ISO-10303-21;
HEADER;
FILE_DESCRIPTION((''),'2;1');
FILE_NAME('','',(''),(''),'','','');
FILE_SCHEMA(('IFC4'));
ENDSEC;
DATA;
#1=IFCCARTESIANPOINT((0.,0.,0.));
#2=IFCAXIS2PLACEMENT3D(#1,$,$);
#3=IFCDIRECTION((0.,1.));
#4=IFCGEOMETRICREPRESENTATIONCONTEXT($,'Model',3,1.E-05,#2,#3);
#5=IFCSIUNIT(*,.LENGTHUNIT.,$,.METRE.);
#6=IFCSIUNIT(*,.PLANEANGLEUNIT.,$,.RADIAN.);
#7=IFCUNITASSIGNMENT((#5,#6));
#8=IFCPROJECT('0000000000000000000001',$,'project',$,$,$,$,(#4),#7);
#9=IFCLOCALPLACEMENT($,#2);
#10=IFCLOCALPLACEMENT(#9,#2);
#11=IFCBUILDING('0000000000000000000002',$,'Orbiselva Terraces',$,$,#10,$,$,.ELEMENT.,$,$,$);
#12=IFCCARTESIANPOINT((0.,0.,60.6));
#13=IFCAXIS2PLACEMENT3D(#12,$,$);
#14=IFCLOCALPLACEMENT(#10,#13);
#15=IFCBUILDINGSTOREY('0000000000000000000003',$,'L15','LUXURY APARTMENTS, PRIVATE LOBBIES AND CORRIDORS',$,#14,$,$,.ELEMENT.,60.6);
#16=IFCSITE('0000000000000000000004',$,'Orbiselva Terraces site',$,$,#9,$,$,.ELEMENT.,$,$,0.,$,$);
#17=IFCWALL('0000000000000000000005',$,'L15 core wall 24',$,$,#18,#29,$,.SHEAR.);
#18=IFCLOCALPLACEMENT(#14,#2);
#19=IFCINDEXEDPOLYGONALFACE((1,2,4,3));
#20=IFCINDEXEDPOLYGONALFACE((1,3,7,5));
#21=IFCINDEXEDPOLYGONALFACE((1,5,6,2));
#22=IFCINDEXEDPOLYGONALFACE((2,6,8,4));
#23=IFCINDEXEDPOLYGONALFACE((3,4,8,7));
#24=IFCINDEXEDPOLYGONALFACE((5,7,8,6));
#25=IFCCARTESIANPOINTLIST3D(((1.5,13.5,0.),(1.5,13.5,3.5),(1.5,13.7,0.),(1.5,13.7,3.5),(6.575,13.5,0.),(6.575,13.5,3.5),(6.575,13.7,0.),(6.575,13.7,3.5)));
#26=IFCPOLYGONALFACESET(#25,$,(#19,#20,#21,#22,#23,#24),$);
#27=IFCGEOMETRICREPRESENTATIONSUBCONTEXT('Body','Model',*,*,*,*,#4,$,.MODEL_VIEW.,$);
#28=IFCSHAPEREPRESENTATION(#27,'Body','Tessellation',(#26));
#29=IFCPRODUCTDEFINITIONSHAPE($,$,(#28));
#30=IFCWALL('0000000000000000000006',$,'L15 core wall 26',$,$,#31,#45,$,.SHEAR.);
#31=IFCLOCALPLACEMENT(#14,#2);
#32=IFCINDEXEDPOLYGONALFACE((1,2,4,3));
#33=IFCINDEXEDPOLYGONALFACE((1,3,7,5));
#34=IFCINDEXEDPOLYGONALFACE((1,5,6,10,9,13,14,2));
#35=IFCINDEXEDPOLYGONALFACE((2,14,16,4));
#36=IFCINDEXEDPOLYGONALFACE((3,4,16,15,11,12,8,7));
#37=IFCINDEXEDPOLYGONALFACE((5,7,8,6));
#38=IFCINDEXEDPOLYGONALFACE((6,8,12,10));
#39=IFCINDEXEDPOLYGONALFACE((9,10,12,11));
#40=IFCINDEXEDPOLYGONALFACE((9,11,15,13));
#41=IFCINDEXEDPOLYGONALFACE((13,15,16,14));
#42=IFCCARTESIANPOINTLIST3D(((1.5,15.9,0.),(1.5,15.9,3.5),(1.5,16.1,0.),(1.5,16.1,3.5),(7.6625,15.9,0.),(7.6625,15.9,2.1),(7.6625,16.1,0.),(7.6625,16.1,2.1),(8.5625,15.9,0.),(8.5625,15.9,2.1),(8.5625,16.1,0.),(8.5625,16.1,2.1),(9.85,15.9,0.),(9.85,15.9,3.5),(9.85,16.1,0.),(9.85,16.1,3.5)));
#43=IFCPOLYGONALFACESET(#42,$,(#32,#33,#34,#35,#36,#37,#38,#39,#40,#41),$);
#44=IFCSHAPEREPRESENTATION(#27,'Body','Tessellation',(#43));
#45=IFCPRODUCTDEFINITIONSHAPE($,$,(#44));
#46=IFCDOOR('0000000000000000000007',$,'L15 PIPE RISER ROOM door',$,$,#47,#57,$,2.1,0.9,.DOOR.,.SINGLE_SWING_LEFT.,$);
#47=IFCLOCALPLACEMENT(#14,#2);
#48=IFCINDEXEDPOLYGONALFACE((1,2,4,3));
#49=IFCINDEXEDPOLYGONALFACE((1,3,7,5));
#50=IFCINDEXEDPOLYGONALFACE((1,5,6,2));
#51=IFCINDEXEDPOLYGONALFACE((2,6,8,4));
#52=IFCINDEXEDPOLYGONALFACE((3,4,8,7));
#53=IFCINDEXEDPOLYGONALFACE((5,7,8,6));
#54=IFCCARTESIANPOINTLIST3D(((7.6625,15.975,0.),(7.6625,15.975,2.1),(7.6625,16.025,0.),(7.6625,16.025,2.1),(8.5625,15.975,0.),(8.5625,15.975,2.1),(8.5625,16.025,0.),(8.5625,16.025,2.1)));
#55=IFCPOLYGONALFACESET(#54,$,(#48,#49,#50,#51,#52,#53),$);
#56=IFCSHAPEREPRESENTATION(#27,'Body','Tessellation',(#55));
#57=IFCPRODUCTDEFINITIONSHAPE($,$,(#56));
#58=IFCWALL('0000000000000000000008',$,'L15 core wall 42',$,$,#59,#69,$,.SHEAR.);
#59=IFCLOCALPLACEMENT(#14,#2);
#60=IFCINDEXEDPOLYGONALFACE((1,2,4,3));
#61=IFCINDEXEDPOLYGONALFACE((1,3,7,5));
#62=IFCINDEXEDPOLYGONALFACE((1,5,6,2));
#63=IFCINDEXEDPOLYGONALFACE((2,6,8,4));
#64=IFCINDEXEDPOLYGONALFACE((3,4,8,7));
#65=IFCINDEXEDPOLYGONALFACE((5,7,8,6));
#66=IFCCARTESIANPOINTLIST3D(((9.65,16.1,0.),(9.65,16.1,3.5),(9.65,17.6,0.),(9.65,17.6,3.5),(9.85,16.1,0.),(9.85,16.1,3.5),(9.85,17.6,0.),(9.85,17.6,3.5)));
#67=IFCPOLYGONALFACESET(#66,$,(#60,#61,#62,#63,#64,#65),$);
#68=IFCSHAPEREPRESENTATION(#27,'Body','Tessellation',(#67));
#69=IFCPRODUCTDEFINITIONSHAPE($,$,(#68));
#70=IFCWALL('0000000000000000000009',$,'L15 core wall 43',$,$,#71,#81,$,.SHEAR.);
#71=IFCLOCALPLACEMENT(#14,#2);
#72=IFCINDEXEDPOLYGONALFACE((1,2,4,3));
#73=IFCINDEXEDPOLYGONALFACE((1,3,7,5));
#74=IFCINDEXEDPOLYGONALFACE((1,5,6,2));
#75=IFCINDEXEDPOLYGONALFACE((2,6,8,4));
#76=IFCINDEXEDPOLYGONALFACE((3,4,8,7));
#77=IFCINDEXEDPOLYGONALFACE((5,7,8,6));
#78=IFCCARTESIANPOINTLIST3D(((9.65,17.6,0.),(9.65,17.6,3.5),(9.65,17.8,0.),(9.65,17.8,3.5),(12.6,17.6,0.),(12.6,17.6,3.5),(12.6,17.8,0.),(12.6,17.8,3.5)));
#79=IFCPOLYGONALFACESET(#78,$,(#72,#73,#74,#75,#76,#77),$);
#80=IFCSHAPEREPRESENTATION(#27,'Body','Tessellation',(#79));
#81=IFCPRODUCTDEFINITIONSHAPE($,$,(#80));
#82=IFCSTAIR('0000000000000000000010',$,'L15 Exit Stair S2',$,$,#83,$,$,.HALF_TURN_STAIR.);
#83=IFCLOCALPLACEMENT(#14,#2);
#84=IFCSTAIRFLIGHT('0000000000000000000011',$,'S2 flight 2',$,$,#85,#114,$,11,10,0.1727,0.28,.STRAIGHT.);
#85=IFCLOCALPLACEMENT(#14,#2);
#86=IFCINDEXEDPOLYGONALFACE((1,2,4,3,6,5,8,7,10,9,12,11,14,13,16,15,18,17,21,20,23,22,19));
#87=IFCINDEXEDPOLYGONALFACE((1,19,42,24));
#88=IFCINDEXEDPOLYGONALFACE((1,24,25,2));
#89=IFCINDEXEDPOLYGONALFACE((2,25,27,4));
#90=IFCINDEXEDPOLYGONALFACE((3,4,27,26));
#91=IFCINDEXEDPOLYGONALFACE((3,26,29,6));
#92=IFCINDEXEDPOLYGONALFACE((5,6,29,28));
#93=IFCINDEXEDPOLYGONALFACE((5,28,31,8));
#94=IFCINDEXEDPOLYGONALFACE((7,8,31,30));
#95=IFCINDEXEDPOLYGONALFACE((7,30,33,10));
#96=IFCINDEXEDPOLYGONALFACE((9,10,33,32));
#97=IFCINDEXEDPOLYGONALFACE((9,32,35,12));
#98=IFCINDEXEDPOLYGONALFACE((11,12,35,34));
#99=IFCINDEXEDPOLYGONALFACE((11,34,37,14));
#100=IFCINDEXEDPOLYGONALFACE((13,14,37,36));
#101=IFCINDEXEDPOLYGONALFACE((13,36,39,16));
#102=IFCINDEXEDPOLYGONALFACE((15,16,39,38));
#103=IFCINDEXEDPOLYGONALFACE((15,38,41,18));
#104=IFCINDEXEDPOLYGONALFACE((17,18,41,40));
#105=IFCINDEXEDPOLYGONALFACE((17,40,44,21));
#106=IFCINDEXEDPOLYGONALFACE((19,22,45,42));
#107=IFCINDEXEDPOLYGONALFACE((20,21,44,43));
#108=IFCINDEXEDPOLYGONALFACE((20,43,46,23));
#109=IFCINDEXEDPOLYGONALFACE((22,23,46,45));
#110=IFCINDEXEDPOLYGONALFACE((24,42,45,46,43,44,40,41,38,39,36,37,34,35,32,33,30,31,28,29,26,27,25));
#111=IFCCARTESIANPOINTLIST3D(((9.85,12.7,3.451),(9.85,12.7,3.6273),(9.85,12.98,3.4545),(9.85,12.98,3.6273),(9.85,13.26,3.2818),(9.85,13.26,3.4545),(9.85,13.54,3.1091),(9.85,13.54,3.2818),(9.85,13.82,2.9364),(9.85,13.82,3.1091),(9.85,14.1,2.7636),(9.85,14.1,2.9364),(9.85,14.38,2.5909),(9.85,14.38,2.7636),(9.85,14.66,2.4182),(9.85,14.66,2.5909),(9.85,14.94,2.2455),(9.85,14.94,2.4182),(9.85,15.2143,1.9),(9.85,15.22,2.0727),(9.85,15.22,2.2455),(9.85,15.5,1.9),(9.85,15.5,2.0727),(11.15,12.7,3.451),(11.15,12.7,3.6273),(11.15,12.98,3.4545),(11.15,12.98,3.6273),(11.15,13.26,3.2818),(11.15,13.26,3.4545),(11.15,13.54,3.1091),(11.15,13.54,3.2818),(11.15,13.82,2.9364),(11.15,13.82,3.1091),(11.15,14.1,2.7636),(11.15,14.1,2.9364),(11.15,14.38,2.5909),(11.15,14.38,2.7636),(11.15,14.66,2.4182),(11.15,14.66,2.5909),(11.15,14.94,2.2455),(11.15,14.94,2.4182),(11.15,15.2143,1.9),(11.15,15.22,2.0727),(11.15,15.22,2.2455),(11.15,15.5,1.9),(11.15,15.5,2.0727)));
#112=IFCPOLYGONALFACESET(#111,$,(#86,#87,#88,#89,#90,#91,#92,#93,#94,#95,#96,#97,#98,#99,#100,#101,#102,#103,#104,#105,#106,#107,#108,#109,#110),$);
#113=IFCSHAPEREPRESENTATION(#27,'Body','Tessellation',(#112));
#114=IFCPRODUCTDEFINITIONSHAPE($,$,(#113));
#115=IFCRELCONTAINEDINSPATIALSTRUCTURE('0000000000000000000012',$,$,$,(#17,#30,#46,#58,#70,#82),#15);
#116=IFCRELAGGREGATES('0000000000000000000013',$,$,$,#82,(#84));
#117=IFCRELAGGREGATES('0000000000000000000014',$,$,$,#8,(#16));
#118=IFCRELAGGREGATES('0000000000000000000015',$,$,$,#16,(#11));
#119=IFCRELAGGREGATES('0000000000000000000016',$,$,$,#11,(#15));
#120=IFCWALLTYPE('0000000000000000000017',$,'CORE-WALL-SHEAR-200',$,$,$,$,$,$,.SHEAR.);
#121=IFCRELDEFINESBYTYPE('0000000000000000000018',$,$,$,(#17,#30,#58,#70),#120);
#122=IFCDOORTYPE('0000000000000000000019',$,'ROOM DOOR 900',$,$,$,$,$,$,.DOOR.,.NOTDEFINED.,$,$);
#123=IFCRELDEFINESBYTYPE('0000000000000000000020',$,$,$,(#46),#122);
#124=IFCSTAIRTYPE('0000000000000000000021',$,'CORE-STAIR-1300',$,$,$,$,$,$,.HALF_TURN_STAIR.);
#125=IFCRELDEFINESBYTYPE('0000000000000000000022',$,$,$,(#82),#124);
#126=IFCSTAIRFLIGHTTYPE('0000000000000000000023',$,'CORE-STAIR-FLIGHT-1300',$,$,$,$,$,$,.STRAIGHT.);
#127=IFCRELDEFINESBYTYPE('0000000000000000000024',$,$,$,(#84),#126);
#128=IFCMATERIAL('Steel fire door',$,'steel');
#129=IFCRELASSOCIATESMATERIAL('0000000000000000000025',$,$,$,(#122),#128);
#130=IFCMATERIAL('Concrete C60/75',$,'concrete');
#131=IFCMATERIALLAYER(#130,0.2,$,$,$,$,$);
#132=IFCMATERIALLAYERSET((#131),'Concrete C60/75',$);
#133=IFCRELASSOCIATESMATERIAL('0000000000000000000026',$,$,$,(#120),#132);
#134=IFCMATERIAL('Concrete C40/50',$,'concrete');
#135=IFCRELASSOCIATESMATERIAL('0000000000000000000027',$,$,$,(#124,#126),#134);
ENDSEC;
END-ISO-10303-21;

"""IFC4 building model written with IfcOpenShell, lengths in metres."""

from ifc_helpers import new_model, si_unit, direction, frame, frame_2d, origin, place, context, subcontext, project, spatial, polyline, rectangle, outline, extrude, material, layer, layer_set, type_object, element, fill, aggregate, save


model = new_model("IFC4")

# Units and contexts
model_context = context("Model", 3, precision=1e-05, world=origin(), true_north=direction((0.0, 1.0)))
body_context = subcontext(model_context, "Body", "Model", "MODEL_VIEW")
ifc_project = project(units=[si_unit("LENGTHUNIT", "METRE"), si_unit("PLANEANGLEUNIT", "RADIAN")], contexts=[model_context])

# Site, building, storey
site_placement = place(None, origin())
site = spatial("IfcSite", under=ifc_project, at=site_placement, Name="Orbiselva Terraces site", CompositionType="ELEMENT", RefElevation=0.0)
building_placement = place(site_placement, origin())
building = spatial("IfcBuilding", under=site, at=building_placement, Name="Orbiselva Terraces", CompositionType="ELEMENT")
storey_placement = place(building_placement, frame((0.0, 0.0, 60.6)))
storey = spatial("IfcBuildingStorey", under=building, at=storey_placement, Name="L15", Description="LUXURY APARTMENTS, PRIVATE LOBBIES AND CORRIDORS", CompositionType="ELEMENT", Elevation=60.6)

# Shared definitions
ifc_material_1 = material(Name="Steel fire door", Category="steel")
door_type = type_object("IfcDoorType", Name="ROOM DOOR 900", OperationType="NOTDEFINED", PredefinedType="DOOR", material=ifc_material_1)

# Shared definitions
ifc_material_2 = material(Name="Concrete C40/50", Category="concrete")

# Shared definitions
ifc_material_3 = material(Name="Concrete C60/75", Category="concrete")
ifc_layer_1 = layer(ifc_material_3, 0.2)
ifc_layer_set_1 = layer_set([ifc_layer_1], Name="Concrete C60/75")
wall_type_1 = type_object("IfcWallType", Name="CORE-WALL-SHEAR-200", PredefinedType="SHEAR", material=ifc_layer_set_1)

# Wall
wall_1_placement = place(storey_placement, frame((1.5, 13.6, 0.0), z_axis=(0.0, 0.0, 1.0), x_axis=(1.0, 0.0, 0.0)))
element("IfcWall", 1, at=wall_1_placement, inside=storey, type_object=wall_type_1, Name="L15 core wall 24", PredefinedType="SHEAR", context=body_context, shape_type="SweptSolid", body=[
    extrude(rectangle(XDim=5.075, YDim=0.2, at=frame_2d((2.5375, 0.0))), origin(), (0.0, 0.0, 1.0), 3.5),
])

# Wall, opening, door
wall_2_placement = place(storey_placement, frame((9.85, 16.0, 0.0), z_axis=(0.0, 0.0, 1.0), x_axis=(-1.0, 0.0, 0.0)))
wall_2 = element("IfcWall", 2, at=wall_2_placement, inside=storey, type_object=wall_type_1, Name="L15 core wall 26", PredefinedType="SHEAR", context=body_context, shape_type="SweptSolid", body=[
    extrude(rectangle(XDim=8.35, YDim=0.2, at=frame_2d((4.175, 0.0))), origin(), (0.0, 0.0, 1.0), 3.5),
])
opening_1_placement = place(wall_2_placement, frame((1.2875, 0.0, 0.0)))
opening_1 = element("IfcOpeningElement", 3, at=opening_1_placement, cuts=wall_2, PredefinedType="OPENING", context=body_context, shape_type="SweptSolid", body=[
    extrude(rectangle(XDim=0.9, YDim=2.1, at=frame_2d((0.45, 1.05))), frame((0.0, 0.11, 0.0), z_axis=(0.0, -1.0, 0.0), x_axis=(1.0, 0.0, 0.0)), (0.0, 0.0, 1.0), 0.22),
])
door_1_placement = place(opening_1_placement, origin())
door_1 = element("IfcDoor", 4, at=door_1_placement, inside=storey, type_object=door_type, Name="L15 PIPE RISER ROOM door", OperationType="SINGLE_SWING_LEFT", OverallHeight=2.1, OverallWidth=0.9, PredefinedType="DOOR", context=body_context, shape_type="SweptSolid", body=[
    extrude(rectangle(XDim=0.9, YDim=2.1, at=frame_2d((0.45, 1.05))), frame((0.0, 0.025, 0.0), z_axis=(0.0, -1.0, 0.0), x_axis=(1.0, 0.0, 0.0)), (0.0, 0.0, 1.0), 0.05),
])
fill(opening_1, door_1)

# Walls
wall_3_placement = place(storey_placement, frame((9.75, 16.1, 0.0), z_axis=(0.0, 0.0, 1.0), x_axis=(0.0, 1.0, 0.0)))
element("IfcWall", 5, at=wall_3_placement, inside=storey, type_object=wall_type_1, Name="L15 core wall 42", PredefinedType="SHEAR", context=body_context, shape_type="SweptSolid", body=[
    extrude(rectangle(XDim=1.5, YDim=0.2, at=frame_2d((0.75, 0.0))), origin(), (0.0, 0.0, 1.0), 3.5),
])
wall_4_placement = place(storey_placement, frame((9.65, 17.7, 0.0), z_axis=(0.0, 0.0, 1.0), x_axis=(1.0, 0.0, 0.0)))
element("IfcWall", 6, at=wall_4_placement, inside=storey, type_object=wall_type_1, Name="L15 core wall 43", PredefinedType="SHEAR", context=body_context, shape_type="SweptSolid", body=[
    extrude(rectangle(XDim=2.95, YDim=0.2, at=frame_2d((1.475, 0.0))), origin(), (0.0, 0.0, 1.0), 3.5),
])

# Stair, stair flight
stair_type = type_object("IfcStairType", Name="CORE-STAIR-1300", PredefinedType="HALF_TURN_STAIR", material=ifc_material_2)
stair_placement = place(storey_placement, origin())
stair = element("IfcStair", 7, at=stair_placement, inside=storey, type_object=stair_type, Name="L15 Exit Stair S2", PredefinedType="HALF_TURN_STAIR")
stair_flight_type = type_object("IfcStairFlightType", Name="CORE-STAIR-FLIGHT-1300", PredefinedType="STRAIGHT", material=ifc_material_2)
stair_flight_placement = place(storey_placement, frame((10.5, 15.5, 1.9), z_axis=(0.0, 0.0, 1.0), x_axis=(0.0, -1.0, 0.0)))
stair_flight = element("IfcStairFlight", 8, at=stair_flight_placement, type_object=stair_flight_type, Name="S2 flight 2", NumberOfRisers=11, NumberOfTreads=10, PredefinedType="STRAIGHT", RiserHeight=0.1727, TreadLength=0.28, context=body_context, shape_type="SweptSolid", body=[
    extrude(outline(polyline([(0.0, 0.0), (0.0, 0.1727), (0.28, 0.1727), (0.28, 0.3455), (0.56, 0.3455), (0.56, 0.5182), (0.84, 0.5182), (0.84, 0.6909), (1.12, 0.6909), (1.12, 0.8636), (1.4, 0.8636), (1.4, 1.0364), (1.68, 1.0364), (1.68, 1.2091), (1.96, 1.2091), (1.96, 1.3818), (2.24, 1.3818), (2.24, 1.5545), (2.52, 1.5545), (2.52, 1.7273), (2.8, 1.7273), (2.8, 1.9), (2.8, 1.551), (0.2857, 0.0), (0.0, 0.0)])), frame((0.0, 0.65, 0.0), z_axis=(0.0, -1.0, 0.0), x_axis=(1.0, 0.0, 0.0)), (0.0, 0.0, 1.0), 1.3),
])
aggregate(stair, [stair_flight])

save(model, "model.ifc")
